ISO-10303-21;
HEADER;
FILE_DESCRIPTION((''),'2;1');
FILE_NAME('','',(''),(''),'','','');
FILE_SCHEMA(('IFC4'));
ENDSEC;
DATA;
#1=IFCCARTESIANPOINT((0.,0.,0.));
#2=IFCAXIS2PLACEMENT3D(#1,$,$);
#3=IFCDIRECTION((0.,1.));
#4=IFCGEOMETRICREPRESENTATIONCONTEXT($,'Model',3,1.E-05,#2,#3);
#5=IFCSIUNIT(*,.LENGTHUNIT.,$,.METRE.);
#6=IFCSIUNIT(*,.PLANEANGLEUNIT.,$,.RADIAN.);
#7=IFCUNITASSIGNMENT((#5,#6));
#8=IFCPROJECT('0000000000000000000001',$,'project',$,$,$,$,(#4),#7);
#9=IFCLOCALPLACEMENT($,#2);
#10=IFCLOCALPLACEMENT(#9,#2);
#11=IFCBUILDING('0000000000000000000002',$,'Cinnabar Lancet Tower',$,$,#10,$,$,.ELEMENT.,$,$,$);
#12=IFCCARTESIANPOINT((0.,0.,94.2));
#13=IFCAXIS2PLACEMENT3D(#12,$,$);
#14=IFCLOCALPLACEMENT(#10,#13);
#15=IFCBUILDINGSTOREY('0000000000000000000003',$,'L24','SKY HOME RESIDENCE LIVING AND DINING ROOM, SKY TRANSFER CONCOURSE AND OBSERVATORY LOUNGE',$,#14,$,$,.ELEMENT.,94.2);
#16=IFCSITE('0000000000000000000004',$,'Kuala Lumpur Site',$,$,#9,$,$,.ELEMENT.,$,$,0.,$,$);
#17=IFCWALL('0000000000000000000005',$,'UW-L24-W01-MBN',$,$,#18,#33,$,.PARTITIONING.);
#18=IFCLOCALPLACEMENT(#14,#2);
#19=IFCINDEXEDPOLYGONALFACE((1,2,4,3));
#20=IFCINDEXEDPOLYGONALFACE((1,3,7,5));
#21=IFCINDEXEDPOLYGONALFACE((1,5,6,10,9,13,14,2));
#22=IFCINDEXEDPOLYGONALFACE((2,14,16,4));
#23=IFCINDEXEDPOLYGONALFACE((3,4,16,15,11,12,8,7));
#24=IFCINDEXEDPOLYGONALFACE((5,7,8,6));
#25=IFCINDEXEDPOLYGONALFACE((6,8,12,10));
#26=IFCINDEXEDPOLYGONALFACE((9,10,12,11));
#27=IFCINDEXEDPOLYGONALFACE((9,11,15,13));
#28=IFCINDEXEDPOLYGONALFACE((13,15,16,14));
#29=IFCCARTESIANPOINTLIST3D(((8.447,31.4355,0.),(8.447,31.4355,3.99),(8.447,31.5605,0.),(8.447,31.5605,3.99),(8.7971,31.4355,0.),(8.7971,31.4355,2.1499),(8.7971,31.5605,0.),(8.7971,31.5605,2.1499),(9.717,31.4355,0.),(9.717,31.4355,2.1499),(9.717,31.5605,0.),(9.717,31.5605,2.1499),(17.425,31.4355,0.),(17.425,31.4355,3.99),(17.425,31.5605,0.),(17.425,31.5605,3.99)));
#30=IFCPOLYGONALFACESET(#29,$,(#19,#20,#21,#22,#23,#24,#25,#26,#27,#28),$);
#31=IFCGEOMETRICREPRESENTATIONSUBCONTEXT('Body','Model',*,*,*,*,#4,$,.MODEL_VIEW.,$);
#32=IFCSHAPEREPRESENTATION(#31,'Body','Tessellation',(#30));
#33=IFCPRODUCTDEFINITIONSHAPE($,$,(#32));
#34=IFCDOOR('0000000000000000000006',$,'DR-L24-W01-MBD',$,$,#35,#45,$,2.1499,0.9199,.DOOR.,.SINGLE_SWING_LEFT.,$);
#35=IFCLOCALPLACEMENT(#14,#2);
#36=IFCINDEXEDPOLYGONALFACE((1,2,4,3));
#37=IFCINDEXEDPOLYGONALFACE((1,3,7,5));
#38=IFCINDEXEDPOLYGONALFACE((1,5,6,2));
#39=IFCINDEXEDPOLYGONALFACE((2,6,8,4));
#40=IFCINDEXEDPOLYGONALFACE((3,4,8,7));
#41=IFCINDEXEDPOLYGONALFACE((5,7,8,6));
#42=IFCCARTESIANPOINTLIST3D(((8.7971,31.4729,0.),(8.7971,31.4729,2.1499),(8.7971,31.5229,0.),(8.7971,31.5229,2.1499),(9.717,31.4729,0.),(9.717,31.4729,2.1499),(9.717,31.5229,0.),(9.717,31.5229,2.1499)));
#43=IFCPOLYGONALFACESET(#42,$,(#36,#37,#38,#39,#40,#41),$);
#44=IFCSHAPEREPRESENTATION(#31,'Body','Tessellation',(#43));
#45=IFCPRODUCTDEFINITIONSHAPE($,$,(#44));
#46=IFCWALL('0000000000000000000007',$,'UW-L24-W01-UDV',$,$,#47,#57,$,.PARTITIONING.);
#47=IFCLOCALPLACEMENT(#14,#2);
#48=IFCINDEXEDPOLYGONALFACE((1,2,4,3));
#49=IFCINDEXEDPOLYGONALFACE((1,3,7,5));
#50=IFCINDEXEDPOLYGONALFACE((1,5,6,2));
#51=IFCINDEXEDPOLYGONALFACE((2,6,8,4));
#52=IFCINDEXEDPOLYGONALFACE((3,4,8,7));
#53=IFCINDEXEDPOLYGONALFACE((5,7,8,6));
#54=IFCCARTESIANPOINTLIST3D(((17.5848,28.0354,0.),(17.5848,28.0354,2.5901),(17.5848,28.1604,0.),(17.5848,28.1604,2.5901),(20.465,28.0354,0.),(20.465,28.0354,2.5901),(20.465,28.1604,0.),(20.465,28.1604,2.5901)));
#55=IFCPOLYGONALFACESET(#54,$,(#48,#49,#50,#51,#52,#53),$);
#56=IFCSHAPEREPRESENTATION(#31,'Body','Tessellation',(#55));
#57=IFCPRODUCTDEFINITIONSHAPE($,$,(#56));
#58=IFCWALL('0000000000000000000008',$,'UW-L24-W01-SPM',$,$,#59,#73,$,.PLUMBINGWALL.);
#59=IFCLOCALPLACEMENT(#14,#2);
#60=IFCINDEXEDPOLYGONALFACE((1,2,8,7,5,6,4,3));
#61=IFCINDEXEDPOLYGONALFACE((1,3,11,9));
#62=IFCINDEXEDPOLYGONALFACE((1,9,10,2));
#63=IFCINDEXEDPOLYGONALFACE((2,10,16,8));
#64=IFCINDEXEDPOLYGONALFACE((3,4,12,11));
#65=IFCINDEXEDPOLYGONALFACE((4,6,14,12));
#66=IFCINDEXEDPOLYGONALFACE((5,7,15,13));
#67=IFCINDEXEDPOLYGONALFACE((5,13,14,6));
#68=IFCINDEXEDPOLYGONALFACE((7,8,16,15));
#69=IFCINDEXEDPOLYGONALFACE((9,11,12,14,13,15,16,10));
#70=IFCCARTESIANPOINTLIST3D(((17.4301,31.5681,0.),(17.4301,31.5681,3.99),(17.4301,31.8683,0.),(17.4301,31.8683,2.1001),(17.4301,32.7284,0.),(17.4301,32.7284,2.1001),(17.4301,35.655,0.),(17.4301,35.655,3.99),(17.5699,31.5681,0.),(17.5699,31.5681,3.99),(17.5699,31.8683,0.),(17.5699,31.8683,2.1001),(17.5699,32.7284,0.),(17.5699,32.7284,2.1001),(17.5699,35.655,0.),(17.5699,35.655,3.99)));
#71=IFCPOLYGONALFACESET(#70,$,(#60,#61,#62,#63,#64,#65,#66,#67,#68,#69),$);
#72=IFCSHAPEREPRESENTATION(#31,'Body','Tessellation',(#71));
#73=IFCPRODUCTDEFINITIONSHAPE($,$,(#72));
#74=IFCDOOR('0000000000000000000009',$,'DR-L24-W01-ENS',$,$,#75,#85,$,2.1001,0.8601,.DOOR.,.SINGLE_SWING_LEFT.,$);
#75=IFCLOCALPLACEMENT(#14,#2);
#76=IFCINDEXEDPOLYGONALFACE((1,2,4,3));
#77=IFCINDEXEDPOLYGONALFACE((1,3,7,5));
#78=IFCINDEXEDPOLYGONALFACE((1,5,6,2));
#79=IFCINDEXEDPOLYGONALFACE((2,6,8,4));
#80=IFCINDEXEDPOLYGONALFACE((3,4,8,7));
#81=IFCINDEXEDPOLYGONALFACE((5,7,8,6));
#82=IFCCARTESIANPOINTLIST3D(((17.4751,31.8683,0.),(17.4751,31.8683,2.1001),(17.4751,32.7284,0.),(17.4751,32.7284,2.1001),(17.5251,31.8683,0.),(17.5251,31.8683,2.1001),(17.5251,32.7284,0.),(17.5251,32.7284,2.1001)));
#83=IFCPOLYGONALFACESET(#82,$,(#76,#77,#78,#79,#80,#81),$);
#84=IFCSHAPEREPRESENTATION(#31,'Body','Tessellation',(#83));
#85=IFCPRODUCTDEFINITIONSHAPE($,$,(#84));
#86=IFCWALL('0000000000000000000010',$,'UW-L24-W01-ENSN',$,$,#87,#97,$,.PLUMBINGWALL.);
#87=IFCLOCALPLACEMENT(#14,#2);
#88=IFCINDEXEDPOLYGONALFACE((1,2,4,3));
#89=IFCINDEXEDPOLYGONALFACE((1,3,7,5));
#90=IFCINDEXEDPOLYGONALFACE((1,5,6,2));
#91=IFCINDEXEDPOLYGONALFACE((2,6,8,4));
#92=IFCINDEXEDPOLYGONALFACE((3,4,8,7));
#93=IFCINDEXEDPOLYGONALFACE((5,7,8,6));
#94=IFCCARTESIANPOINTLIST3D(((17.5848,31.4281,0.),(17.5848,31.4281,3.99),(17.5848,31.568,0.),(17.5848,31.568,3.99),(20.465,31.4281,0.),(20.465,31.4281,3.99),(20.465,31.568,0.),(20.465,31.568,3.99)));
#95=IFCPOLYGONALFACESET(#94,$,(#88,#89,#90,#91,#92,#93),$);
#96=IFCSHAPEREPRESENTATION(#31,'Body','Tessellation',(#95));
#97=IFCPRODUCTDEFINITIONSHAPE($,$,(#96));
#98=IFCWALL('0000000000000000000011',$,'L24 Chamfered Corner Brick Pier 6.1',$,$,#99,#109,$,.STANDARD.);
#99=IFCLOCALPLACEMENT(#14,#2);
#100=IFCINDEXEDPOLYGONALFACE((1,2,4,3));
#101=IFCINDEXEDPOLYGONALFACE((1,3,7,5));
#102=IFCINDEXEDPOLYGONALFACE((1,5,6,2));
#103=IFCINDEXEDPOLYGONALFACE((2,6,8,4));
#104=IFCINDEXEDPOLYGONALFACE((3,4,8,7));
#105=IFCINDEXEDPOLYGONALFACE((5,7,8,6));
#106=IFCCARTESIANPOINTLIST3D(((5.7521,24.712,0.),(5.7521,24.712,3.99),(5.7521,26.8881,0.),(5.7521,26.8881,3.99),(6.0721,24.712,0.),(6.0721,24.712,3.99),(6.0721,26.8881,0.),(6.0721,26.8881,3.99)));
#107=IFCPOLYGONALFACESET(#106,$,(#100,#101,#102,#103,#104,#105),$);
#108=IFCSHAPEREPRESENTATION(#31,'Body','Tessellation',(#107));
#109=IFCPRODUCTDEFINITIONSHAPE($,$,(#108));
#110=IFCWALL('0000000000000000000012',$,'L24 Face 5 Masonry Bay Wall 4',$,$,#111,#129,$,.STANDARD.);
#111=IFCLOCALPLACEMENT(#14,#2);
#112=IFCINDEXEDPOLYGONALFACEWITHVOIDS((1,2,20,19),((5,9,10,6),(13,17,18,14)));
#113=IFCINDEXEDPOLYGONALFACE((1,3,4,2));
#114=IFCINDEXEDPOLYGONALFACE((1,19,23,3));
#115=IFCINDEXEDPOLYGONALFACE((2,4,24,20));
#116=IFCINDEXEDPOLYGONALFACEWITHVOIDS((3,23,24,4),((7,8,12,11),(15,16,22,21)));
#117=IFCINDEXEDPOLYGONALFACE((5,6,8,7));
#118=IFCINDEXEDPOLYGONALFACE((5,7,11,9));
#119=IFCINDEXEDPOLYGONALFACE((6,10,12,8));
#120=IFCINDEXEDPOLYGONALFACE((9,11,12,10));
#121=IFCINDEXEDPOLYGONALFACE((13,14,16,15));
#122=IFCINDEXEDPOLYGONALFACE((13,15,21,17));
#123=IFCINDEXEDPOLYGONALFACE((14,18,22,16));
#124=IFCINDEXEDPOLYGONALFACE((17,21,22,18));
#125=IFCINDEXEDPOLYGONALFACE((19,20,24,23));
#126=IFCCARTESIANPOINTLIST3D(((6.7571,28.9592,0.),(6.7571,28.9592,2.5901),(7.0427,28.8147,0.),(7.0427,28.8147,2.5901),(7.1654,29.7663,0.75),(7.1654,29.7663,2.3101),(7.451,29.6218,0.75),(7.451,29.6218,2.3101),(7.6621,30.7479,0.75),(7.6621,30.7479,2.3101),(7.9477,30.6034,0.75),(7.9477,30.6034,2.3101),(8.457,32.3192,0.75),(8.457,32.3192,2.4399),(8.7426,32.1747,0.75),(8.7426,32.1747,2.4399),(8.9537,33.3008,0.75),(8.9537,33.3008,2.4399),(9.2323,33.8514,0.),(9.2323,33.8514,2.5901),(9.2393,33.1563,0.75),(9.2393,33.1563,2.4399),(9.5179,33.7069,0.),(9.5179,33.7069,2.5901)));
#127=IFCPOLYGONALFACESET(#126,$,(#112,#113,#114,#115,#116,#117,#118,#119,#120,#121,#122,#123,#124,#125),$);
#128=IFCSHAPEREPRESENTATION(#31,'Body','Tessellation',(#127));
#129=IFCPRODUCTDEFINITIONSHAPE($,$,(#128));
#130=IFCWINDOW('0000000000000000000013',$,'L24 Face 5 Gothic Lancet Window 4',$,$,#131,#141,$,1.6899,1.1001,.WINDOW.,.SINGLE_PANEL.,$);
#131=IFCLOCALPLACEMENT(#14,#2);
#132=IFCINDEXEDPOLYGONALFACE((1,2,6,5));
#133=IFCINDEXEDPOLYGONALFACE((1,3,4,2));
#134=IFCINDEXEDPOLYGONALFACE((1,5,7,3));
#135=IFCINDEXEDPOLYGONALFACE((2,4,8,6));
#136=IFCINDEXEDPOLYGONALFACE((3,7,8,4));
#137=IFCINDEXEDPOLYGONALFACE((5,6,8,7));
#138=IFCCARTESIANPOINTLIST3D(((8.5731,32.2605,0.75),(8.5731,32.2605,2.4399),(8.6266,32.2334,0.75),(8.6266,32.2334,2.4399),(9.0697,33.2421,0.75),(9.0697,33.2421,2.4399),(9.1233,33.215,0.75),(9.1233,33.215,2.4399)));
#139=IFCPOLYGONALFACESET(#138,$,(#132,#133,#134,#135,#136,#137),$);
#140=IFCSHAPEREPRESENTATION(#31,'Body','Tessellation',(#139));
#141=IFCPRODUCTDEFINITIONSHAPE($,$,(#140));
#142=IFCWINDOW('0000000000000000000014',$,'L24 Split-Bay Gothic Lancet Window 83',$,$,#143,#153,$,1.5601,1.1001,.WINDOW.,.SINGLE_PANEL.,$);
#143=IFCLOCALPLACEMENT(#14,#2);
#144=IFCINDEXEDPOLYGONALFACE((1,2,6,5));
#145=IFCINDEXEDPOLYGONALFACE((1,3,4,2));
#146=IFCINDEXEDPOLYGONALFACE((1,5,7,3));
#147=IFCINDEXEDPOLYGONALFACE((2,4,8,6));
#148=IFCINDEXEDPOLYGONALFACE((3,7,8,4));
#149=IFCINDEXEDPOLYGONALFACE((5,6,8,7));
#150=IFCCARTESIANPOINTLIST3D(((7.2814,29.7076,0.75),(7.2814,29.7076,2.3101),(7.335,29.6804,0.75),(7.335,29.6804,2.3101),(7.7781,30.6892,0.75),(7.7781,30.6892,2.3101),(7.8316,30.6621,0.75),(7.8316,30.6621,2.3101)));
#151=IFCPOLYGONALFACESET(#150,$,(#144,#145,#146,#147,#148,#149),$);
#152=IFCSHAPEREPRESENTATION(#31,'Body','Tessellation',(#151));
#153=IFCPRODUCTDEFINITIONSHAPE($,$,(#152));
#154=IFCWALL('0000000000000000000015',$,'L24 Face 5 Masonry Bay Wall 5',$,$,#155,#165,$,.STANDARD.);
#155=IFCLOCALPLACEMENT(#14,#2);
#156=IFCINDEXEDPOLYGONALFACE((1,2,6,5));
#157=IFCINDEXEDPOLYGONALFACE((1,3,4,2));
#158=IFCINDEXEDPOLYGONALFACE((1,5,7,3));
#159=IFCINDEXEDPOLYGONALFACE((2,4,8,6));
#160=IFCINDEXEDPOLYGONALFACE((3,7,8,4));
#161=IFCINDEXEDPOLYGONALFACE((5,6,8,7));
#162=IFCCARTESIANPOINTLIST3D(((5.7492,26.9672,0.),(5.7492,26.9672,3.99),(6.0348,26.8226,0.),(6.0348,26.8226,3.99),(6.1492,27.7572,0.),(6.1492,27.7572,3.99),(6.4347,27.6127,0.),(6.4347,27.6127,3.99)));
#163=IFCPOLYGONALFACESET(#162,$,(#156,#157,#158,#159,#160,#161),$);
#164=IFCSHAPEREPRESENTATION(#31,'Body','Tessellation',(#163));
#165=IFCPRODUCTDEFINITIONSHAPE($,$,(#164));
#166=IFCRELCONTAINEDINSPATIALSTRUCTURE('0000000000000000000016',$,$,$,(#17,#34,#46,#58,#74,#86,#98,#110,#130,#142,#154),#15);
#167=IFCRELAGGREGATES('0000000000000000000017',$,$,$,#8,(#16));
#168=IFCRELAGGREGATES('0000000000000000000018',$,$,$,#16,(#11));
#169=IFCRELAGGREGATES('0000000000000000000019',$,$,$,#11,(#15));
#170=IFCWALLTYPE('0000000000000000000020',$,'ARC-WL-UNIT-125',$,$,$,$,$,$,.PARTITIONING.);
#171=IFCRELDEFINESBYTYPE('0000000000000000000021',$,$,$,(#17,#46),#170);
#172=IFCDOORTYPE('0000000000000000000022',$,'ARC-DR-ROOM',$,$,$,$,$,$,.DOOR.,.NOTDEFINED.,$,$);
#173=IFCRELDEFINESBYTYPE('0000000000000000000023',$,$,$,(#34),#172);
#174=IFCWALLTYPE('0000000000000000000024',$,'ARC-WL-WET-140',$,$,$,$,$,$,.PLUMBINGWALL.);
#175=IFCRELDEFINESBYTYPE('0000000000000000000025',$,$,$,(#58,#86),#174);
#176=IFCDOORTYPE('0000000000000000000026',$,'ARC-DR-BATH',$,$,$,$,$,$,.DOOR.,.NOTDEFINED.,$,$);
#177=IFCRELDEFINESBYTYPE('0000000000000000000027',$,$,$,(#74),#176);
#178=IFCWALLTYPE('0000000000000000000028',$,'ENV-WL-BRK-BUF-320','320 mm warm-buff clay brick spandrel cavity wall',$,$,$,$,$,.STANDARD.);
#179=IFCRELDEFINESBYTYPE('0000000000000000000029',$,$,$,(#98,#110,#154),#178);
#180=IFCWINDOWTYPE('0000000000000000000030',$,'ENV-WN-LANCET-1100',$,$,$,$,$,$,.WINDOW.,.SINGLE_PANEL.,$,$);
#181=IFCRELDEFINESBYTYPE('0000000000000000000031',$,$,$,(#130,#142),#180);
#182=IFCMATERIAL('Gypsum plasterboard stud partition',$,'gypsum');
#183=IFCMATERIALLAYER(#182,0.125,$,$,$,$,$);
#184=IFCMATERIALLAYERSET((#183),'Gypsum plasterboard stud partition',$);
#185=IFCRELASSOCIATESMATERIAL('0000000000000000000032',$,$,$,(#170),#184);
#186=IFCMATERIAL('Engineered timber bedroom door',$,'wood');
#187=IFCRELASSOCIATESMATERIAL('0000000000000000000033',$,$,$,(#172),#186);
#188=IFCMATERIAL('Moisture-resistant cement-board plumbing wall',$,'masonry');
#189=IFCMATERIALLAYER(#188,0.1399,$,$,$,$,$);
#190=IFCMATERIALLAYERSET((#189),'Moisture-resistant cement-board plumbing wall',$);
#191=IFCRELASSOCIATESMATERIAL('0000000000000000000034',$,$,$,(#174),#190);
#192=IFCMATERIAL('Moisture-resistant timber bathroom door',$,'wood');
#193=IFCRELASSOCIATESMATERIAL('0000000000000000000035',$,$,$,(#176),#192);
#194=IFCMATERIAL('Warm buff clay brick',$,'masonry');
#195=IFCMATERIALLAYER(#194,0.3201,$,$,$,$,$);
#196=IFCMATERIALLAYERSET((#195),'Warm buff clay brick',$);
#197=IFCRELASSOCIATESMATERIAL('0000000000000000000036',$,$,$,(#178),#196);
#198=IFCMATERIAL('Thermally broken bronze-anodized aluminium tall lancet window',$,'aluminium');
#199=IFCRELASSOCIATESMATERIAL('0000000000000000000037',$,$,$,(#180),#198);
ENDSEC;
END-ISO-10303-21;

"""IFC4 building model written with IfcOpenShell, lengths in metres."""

from ifc_helpers import new_model, si_unit, direction, frame, frame_2d, origin, place, context, subcontext, project, spatial, rectangle, extrude, material, layer, layer_set, type_object, element, fill, save


model = new_model("IFC4")

# Units and contexts
model_context = context("Model", 3, precision=1e-05, world=origin(), true_north=direction((0.0, 1.0)))
body_context = subcontext(model_context, "Body", "Model", "MODEL_VIEW")
ifc_project = project(units=[si_unit("LENGTHUNIT", "METRE"), si_unit("PLANEANGLEUNIT", "RADIAN")], contexts=[model_context])

# Site, building, storey
site_placement = place(None, origin())
site = spatial("IfcSite", under=ifc_project, at=site_placement, Name="Kuala Lumpur Site", CompositionType="ELEMENT", RefElevation=0.0)
building_placement = place(site_placement, origin())
building = spatial("IfcBuilding", under=site, at=building_placement, Name="Cinnabar Lancet Tower", CompositionType="ELEMENT")
storey_placement = place(building_placement, frame((0.0, 0.0, 94.2)))
storey = spatial("IfcBuildingStorey", under=building, at=storey_placement, Name="L24", Description="SKY HOME RESIDENCE LIVING AND DINING ROOM, SKY TRANSFER CONCOURSE AND OBSERVATORY LOUNGE", CompositionType="ELEMENT", Elevation=94.2)

# Wall, opening, door
ifc_material_1 = material(Name="Gypsum plasterboard stud partition", Category="gypsum")
ifc_layer_1 = layer(ifc_material_1, 0.125)
ifc_layer_set_1 = layer_set([ifc_layer_1], Name="Gypsum plasterboard stud partition")
wall_type_1 = type_object("IfcWallType", Name="ARC-WL-UNIT-125", PredefinedType="PARTITIONING", material=ifc_layer_set_1)
wall_1_placement = place(storey_placement, frame((8.447, 31.498, 0.0), z_axis=(0.0, 0.0, 1.0), x_axis=(1.0, 0.0, 0.0)))
wall_1 = element("IfcWall", 1, at=wall_1_placement, inside=storey, type_object=wall_type_1, Name="UW-L24-W01-MBN", PredefinedType="PARTITIONING", context=body_context, shape_type="SweptSolid", body=[
    extrude(rectangle(XDim=8.978, YDim=0.125, at=frame_2d((4.489, 0.0))), origin(), (0.0, 0.0, 1.0), 3.99),
])
opening_1_placement = place(wall_1_placement, frame((0.3501, 0.0, 0.0)))
opening_1 = element("IfcOpeningElement", 2, at=opening_1_placement, cuts=wall_1, PredefinedType="OPENING", context=body_context, shape_type="SweptSolid", body=[
    extrude(rectangle(XDim=0.9199, YDim=2.1499, at=frame_2d((0.46, 1.075))), frame((0.0, 0.0725, 0.0), z_axis=(0.0, -1.0, 0.0), x_axis=(1.0, 0.0, 0.0)), (0.0, 0.0, 1.0), 0.145),
])
ifc_material_2 = material(Name="Engineered timber bedroom door", Category="wood")
door_type_1 = type_object("IfcDoorType", Name="ARC-DR-ROOM", OperationType="NOTDEFINED", PredefinedType="DOOR", material=ifc_material_2)
door_1_placement = place(opening_1_placement, origin())
door_1 = element("IfcDoor", 3, at=door_1_placement, inside=storey, type_object=door_type_1, Name="DR-L24-W01-MBD", OperationType="SINGLE_SWING_LEFT", OverallHeight=2.1499, OverallWidth=0.9199, PredefinedType="DOOR", context=body_context, shape_type="SweptSolid", body=[
    extrude(rectangle(XDim=0.9199, YDim=2.1499, at=frame_2d((0.46, 1.075))), frame((0.0, 0.0249, 0.0), z_axis=(0.0, -1.0, 0.0), x_axis=(1.0, 0.0, 0.0)), (0.0, 0.0, 1.0), 0.05),
])
fill(opening_1, door_1)

# Wall
wall_2_placement = place(storey_placement, frame((17.585, 28.0979, 0.0), z_axis=(0.0, 0.0, 1.0), x_axis=(1.0, 0.0, 0.0)))
element("IfcWall", 4, at=wall_2_placement, inside=storey, type_object=wall_type_1, Name="UW-L24-W01-UDV", PredefinedType="PARTITIONING", context=body_context, shape_type="SweptSolid", body=[
    extrude(rectangle(XDim=2.8801, YDim=0.125, at=frame_2d((1.4399, 0.0))), origin(), (0.0, 0.0, 1.0), 2.5901),
])

# Wall, opening, door
ifc_material_3 = material(Name="Moisture-resistant cement-board plumbing wall", Category="masonry")
ifc_layer_2 = layer(ifc_material_3, 0.1399)
ifc_layer_set_2 = layer_set([ifc_layer_2], Name="Moisture-resistant cement-board plumbing wall")
wall_type_2 = type_object("IfcWallType", Name="ARC-WL-WET-140", PredefinedType="PLUMBINGWALL", material=ifc_layer_set_2)
wall_3_placement = place(storey_placement, frame((17.5, 31.5681, 0.0), z_axis=(0.0, 0.0, 1.0), x_axis=(0.0, 1.0, 0.0)))
wall_3 = element("IfcWall", 5, at=wall_3_placement, inside=storey, type_object=wall_type_2, Name="UW-L24-W01-SPM", PredefinedType="PLUMBINGWALL", context=body_context, shape_type="SweptSolid", body=[
    extrude(rectangle(XDim=4.0869, YDim=0.1399, at=frame_2d((2.0435, 0.0))), origin(), (0.0, 0.0, 1.0), 3.99),
])
opening_2_placement = place(wall_3_placement, frame((0.3, 0.0, 0.0)))
opening_2 = element("IfcOpeningElement", 6, at=opening_2_placement, cuts=wall_3, PredefinedType="OPENING", context=body_context, shape_type="SweptSolid", body=[
    extrude(rectangle(XDim=0.8601, YDim=2.1001, at=frame_2d((0.4302, 1.05))), frame((0.0, 0.0798, 0.0), z_axis=(0.0, -1.0, 0.0), x_axis=(1.0, 0.0, 0.0)), (0.0, 0.0, 1.0), 0.1599),
])
ifc_material_4 = material(Name="Moisture-resistant timber bathroom door", Category="wood")
door_type_2 = type_object("IfcDoorType", Name="ARC-DR-BATH", OperationType="NOTDEFINED", PredefinedType="DOOR", material=ifc_material_4)
door_2_placement = place(opening_2_placement, origin())
door_2 = element("IfcDoor", 7, at=door_2_placement, inside=storey, type_object=door_type_2, Name="DR-L24-W01-ENS", OperationType="SINGLE_SWING_LEFT", OverallHeight=2.1001, OverallWidth=0.8601, PredefinedType="DOOR", context=body_context, shape_type="SweptSolid", body=[
    extrude(rectangle(XDim=0.8601, YDim=2.1001, at=frame_2d((0.4302, 1.05))), frame((0.0, 0.0249, 0.0), z_axis=(0.0, -1.0, 0.0), x_axis=(1.0, 0.0, 0.0)), (0.0, 0.0, 1.0), 0.05),
])
fill(opening_2, door_2)

# Walls
wall_4_placement = place(storey_placement, frame((17.585, 31.498, 0.0), z_axis=(0.0, 0.0, 1.0), x_axis=(1.0, 0.0, 0.0)))
element("IfcWall", 8, at=wall_4_placement, inside=storey, type_object=wall_type_2, Name="UW-L24-W01-ENSN", PredefinedType="PLUMBINGWALL", context=body_context, shape_type="SweptSolid", body=[
    extrude(rectangle(XDim=2.8801, YDim=0.1399, at=frame_2d((1.4399, 0.0))), origin(), (0.0, 0.0, 1.0), 3.99),
])
ifc_material_5 = material(Name="Warm buff clay brick", Category="masonry")
ifc_layer_3 = layer(ifc_material_5, 0.3201)
ifc_layer_set_3 = layer_set([ifc_layer_3], Name="Warm buff clay brick")
wall_type_3 = type_object("IfcWallType", Name="ENV-WL-BRK-BUF-320", Description="320 mm warm-buff clay brick spandrel cavity wall", PredefinedType="STANDARD", material=ifc_layer_set_3)
wall_5_placement = place(storey_placement, frame((5.9121, 26.8879, 0.0), z_axis=(0.0, 0.0, 1.0), x_axis=(0.0, -1.0, 0.0)))
element("IfcWall", 9, at=wall_5_placement, inside=storey, type_object=wall_type_3, Name="L24 Chamfered Corner Brick Pier 6.1", PredefinedType="STANDARD", context=body_context, shape_type="SweptSolid", body=[
    extrude(rectangle(XDim=2.176, YDim=0.3201, at=frame_2d((1.0879, 0.0))), origin(), (0.0, 0.0, 1.0), 3.99),
])

# Wall, openings, windows
wall_6_placement = place(storey_placement, frame((9.375, 33.7791, 0.0), z_axis=(0.0, 0.0, 1.0), x_axis=(-0.451448, -0.892298, 0.0)))
wall_6 = element("IfcWall", 10, at=wall_6_placement, inside=storey, type_object=wall_type_3, Name="L24 Face 5 Masonry Bay Wall 4", PredefinedType="STANDARD", context=body_context, shape_type="SweptSolid", body=[
    extrude(rectangle(XDim=5.4827, YDim=0.3201, at=frame_2d((2.7412, 0.0))), origin(), (0.0, 0.0, 1.0), 2.5901),
])
opening_3_placement = place(wall_6_placement, frame((0.6169, 0.0, 0.75)))
opening_3 = element("IfcOpeningElement", 11, at=opening_3_placement, cuts=wall_6, PredefinedType="OPENING", context=body_context, shape_type="SweptSolid", body=[
    extrude(rectangle(XDim=1.1001, YDim=1.6899, at=frame_2d((0.55, 0.845))), frame((0.0, 0.1699, 0.0), z_axis=(0.0, -1.0, 0.0), x_axis=(1.0, 0.0, 0.0)), (0.0, 0.0, 1.0), 0.3401),
])
opening_4_placement = place(wall_6_placement, frame((3.478, 0.0, 0.75)))
opening_4 = element("IfcOpeningElement", 12, at=opening_4_placement, cuts=wall_6, PredefinedType="OPENING", context=body_context, shape_type="SweptSolid", body=[
    extrude(rectangle(XDim=1.1001, YDim=1.5601, at=frame_2d((0.55, 0.78))), frame((0.0, 0.1699, 0.0), z_axis=(0.0, -1.0, 0.0), x_axis=(1.0, 0.0, 0.0)), (0.0, 0.0, 1.0), 0.3401),
])
ifc_material_6 = material(Name="Thermally broken bronze-anodized aluminium tall lancet window", Category="aluminium")
window_type = type_object("IfcWindowType", Name="ENV-WN-LANCET-1100", PartitioningType="SINGLE_PANEL", PredefinedType="WINDOW", material=ifc_material_6)
window_1_placement = place(opening_3_placement, origin())
window_1 = element("IfcWindow", 13, at=window_1_placement, inside=storey, type_object=window_type, Name="L24 Face 5 Gothic Lancet Window 4", OverallHeight=1.6899, OverallWidth=1.1001, PartitioningType="SINGLE_PANEL", PredefinedType="WINDOW", context=body_context, shape_type="SweptSolid", body=[
    extrude(rectangle(XDim=1.1001, YDim=1.6899, at=frame_2d((0.55, 0.845))), frame((0.0, 0.03, 0.0), z_axis=(0.0, -1.0, 0.0), x_axis=(1.0, 0.0, 0.0)), (0.0, 0.0, 1.0), 0.0601),
])
fill(opening_3, window_1)
window_2_placement = place(opening_4_placement, origin())
window_2 = element("IfcWindow", 14, at=window_2_placement, inside=storey, type_object=window_type, Name="L24 Split-Bay Gothic Lancet Window 83", OverallHeight=1.5601, OverallWidth=1.1001, PartitioningType="SINGLE_PANEL", PredefinedType="WINDOW", context=body_context, shape_type="SweptSolid", body=[
    extrude(rectangle(XDim=1.1001, YDim=1.5601, at=frame_2d((0.55, 0.78))), frame((0.0, 0.03, 0.0), z_axis=(0.0, -1.0, 0.0), x_axis=(1.0, 0.0, 0.0)), (0.0, 0.0, 1.0), 0.0601),
])
fill(opening_4, window_2)

# Wall
for number, where, z_axis, x_axis, name in (
    (15, (6.292, 27.6851, 0.0), (0.0, 0.0, 1.0), (-0.45162, -0.892211, 0.0), "L24 Face 5 Masonry Bay Wall 5"),
):
    element("IfcWall", number, at=place(storey_placement, frame(where, z_axis=z_axis, x_axis=x_axis)), inside=storey, type_object=wall_type_3, Name=name, PredefinedType="STANDARD", context=body_context, shape_type="SweptSolid", body=[
        extrude(rectangle(XDim=0.8855, YDim=0.3201, at=frame_2d((0.4429, 0.0))), origin(), (0.0, 0.0, 1.0), 3.99),
    ])

save(model, "model.ifc")
